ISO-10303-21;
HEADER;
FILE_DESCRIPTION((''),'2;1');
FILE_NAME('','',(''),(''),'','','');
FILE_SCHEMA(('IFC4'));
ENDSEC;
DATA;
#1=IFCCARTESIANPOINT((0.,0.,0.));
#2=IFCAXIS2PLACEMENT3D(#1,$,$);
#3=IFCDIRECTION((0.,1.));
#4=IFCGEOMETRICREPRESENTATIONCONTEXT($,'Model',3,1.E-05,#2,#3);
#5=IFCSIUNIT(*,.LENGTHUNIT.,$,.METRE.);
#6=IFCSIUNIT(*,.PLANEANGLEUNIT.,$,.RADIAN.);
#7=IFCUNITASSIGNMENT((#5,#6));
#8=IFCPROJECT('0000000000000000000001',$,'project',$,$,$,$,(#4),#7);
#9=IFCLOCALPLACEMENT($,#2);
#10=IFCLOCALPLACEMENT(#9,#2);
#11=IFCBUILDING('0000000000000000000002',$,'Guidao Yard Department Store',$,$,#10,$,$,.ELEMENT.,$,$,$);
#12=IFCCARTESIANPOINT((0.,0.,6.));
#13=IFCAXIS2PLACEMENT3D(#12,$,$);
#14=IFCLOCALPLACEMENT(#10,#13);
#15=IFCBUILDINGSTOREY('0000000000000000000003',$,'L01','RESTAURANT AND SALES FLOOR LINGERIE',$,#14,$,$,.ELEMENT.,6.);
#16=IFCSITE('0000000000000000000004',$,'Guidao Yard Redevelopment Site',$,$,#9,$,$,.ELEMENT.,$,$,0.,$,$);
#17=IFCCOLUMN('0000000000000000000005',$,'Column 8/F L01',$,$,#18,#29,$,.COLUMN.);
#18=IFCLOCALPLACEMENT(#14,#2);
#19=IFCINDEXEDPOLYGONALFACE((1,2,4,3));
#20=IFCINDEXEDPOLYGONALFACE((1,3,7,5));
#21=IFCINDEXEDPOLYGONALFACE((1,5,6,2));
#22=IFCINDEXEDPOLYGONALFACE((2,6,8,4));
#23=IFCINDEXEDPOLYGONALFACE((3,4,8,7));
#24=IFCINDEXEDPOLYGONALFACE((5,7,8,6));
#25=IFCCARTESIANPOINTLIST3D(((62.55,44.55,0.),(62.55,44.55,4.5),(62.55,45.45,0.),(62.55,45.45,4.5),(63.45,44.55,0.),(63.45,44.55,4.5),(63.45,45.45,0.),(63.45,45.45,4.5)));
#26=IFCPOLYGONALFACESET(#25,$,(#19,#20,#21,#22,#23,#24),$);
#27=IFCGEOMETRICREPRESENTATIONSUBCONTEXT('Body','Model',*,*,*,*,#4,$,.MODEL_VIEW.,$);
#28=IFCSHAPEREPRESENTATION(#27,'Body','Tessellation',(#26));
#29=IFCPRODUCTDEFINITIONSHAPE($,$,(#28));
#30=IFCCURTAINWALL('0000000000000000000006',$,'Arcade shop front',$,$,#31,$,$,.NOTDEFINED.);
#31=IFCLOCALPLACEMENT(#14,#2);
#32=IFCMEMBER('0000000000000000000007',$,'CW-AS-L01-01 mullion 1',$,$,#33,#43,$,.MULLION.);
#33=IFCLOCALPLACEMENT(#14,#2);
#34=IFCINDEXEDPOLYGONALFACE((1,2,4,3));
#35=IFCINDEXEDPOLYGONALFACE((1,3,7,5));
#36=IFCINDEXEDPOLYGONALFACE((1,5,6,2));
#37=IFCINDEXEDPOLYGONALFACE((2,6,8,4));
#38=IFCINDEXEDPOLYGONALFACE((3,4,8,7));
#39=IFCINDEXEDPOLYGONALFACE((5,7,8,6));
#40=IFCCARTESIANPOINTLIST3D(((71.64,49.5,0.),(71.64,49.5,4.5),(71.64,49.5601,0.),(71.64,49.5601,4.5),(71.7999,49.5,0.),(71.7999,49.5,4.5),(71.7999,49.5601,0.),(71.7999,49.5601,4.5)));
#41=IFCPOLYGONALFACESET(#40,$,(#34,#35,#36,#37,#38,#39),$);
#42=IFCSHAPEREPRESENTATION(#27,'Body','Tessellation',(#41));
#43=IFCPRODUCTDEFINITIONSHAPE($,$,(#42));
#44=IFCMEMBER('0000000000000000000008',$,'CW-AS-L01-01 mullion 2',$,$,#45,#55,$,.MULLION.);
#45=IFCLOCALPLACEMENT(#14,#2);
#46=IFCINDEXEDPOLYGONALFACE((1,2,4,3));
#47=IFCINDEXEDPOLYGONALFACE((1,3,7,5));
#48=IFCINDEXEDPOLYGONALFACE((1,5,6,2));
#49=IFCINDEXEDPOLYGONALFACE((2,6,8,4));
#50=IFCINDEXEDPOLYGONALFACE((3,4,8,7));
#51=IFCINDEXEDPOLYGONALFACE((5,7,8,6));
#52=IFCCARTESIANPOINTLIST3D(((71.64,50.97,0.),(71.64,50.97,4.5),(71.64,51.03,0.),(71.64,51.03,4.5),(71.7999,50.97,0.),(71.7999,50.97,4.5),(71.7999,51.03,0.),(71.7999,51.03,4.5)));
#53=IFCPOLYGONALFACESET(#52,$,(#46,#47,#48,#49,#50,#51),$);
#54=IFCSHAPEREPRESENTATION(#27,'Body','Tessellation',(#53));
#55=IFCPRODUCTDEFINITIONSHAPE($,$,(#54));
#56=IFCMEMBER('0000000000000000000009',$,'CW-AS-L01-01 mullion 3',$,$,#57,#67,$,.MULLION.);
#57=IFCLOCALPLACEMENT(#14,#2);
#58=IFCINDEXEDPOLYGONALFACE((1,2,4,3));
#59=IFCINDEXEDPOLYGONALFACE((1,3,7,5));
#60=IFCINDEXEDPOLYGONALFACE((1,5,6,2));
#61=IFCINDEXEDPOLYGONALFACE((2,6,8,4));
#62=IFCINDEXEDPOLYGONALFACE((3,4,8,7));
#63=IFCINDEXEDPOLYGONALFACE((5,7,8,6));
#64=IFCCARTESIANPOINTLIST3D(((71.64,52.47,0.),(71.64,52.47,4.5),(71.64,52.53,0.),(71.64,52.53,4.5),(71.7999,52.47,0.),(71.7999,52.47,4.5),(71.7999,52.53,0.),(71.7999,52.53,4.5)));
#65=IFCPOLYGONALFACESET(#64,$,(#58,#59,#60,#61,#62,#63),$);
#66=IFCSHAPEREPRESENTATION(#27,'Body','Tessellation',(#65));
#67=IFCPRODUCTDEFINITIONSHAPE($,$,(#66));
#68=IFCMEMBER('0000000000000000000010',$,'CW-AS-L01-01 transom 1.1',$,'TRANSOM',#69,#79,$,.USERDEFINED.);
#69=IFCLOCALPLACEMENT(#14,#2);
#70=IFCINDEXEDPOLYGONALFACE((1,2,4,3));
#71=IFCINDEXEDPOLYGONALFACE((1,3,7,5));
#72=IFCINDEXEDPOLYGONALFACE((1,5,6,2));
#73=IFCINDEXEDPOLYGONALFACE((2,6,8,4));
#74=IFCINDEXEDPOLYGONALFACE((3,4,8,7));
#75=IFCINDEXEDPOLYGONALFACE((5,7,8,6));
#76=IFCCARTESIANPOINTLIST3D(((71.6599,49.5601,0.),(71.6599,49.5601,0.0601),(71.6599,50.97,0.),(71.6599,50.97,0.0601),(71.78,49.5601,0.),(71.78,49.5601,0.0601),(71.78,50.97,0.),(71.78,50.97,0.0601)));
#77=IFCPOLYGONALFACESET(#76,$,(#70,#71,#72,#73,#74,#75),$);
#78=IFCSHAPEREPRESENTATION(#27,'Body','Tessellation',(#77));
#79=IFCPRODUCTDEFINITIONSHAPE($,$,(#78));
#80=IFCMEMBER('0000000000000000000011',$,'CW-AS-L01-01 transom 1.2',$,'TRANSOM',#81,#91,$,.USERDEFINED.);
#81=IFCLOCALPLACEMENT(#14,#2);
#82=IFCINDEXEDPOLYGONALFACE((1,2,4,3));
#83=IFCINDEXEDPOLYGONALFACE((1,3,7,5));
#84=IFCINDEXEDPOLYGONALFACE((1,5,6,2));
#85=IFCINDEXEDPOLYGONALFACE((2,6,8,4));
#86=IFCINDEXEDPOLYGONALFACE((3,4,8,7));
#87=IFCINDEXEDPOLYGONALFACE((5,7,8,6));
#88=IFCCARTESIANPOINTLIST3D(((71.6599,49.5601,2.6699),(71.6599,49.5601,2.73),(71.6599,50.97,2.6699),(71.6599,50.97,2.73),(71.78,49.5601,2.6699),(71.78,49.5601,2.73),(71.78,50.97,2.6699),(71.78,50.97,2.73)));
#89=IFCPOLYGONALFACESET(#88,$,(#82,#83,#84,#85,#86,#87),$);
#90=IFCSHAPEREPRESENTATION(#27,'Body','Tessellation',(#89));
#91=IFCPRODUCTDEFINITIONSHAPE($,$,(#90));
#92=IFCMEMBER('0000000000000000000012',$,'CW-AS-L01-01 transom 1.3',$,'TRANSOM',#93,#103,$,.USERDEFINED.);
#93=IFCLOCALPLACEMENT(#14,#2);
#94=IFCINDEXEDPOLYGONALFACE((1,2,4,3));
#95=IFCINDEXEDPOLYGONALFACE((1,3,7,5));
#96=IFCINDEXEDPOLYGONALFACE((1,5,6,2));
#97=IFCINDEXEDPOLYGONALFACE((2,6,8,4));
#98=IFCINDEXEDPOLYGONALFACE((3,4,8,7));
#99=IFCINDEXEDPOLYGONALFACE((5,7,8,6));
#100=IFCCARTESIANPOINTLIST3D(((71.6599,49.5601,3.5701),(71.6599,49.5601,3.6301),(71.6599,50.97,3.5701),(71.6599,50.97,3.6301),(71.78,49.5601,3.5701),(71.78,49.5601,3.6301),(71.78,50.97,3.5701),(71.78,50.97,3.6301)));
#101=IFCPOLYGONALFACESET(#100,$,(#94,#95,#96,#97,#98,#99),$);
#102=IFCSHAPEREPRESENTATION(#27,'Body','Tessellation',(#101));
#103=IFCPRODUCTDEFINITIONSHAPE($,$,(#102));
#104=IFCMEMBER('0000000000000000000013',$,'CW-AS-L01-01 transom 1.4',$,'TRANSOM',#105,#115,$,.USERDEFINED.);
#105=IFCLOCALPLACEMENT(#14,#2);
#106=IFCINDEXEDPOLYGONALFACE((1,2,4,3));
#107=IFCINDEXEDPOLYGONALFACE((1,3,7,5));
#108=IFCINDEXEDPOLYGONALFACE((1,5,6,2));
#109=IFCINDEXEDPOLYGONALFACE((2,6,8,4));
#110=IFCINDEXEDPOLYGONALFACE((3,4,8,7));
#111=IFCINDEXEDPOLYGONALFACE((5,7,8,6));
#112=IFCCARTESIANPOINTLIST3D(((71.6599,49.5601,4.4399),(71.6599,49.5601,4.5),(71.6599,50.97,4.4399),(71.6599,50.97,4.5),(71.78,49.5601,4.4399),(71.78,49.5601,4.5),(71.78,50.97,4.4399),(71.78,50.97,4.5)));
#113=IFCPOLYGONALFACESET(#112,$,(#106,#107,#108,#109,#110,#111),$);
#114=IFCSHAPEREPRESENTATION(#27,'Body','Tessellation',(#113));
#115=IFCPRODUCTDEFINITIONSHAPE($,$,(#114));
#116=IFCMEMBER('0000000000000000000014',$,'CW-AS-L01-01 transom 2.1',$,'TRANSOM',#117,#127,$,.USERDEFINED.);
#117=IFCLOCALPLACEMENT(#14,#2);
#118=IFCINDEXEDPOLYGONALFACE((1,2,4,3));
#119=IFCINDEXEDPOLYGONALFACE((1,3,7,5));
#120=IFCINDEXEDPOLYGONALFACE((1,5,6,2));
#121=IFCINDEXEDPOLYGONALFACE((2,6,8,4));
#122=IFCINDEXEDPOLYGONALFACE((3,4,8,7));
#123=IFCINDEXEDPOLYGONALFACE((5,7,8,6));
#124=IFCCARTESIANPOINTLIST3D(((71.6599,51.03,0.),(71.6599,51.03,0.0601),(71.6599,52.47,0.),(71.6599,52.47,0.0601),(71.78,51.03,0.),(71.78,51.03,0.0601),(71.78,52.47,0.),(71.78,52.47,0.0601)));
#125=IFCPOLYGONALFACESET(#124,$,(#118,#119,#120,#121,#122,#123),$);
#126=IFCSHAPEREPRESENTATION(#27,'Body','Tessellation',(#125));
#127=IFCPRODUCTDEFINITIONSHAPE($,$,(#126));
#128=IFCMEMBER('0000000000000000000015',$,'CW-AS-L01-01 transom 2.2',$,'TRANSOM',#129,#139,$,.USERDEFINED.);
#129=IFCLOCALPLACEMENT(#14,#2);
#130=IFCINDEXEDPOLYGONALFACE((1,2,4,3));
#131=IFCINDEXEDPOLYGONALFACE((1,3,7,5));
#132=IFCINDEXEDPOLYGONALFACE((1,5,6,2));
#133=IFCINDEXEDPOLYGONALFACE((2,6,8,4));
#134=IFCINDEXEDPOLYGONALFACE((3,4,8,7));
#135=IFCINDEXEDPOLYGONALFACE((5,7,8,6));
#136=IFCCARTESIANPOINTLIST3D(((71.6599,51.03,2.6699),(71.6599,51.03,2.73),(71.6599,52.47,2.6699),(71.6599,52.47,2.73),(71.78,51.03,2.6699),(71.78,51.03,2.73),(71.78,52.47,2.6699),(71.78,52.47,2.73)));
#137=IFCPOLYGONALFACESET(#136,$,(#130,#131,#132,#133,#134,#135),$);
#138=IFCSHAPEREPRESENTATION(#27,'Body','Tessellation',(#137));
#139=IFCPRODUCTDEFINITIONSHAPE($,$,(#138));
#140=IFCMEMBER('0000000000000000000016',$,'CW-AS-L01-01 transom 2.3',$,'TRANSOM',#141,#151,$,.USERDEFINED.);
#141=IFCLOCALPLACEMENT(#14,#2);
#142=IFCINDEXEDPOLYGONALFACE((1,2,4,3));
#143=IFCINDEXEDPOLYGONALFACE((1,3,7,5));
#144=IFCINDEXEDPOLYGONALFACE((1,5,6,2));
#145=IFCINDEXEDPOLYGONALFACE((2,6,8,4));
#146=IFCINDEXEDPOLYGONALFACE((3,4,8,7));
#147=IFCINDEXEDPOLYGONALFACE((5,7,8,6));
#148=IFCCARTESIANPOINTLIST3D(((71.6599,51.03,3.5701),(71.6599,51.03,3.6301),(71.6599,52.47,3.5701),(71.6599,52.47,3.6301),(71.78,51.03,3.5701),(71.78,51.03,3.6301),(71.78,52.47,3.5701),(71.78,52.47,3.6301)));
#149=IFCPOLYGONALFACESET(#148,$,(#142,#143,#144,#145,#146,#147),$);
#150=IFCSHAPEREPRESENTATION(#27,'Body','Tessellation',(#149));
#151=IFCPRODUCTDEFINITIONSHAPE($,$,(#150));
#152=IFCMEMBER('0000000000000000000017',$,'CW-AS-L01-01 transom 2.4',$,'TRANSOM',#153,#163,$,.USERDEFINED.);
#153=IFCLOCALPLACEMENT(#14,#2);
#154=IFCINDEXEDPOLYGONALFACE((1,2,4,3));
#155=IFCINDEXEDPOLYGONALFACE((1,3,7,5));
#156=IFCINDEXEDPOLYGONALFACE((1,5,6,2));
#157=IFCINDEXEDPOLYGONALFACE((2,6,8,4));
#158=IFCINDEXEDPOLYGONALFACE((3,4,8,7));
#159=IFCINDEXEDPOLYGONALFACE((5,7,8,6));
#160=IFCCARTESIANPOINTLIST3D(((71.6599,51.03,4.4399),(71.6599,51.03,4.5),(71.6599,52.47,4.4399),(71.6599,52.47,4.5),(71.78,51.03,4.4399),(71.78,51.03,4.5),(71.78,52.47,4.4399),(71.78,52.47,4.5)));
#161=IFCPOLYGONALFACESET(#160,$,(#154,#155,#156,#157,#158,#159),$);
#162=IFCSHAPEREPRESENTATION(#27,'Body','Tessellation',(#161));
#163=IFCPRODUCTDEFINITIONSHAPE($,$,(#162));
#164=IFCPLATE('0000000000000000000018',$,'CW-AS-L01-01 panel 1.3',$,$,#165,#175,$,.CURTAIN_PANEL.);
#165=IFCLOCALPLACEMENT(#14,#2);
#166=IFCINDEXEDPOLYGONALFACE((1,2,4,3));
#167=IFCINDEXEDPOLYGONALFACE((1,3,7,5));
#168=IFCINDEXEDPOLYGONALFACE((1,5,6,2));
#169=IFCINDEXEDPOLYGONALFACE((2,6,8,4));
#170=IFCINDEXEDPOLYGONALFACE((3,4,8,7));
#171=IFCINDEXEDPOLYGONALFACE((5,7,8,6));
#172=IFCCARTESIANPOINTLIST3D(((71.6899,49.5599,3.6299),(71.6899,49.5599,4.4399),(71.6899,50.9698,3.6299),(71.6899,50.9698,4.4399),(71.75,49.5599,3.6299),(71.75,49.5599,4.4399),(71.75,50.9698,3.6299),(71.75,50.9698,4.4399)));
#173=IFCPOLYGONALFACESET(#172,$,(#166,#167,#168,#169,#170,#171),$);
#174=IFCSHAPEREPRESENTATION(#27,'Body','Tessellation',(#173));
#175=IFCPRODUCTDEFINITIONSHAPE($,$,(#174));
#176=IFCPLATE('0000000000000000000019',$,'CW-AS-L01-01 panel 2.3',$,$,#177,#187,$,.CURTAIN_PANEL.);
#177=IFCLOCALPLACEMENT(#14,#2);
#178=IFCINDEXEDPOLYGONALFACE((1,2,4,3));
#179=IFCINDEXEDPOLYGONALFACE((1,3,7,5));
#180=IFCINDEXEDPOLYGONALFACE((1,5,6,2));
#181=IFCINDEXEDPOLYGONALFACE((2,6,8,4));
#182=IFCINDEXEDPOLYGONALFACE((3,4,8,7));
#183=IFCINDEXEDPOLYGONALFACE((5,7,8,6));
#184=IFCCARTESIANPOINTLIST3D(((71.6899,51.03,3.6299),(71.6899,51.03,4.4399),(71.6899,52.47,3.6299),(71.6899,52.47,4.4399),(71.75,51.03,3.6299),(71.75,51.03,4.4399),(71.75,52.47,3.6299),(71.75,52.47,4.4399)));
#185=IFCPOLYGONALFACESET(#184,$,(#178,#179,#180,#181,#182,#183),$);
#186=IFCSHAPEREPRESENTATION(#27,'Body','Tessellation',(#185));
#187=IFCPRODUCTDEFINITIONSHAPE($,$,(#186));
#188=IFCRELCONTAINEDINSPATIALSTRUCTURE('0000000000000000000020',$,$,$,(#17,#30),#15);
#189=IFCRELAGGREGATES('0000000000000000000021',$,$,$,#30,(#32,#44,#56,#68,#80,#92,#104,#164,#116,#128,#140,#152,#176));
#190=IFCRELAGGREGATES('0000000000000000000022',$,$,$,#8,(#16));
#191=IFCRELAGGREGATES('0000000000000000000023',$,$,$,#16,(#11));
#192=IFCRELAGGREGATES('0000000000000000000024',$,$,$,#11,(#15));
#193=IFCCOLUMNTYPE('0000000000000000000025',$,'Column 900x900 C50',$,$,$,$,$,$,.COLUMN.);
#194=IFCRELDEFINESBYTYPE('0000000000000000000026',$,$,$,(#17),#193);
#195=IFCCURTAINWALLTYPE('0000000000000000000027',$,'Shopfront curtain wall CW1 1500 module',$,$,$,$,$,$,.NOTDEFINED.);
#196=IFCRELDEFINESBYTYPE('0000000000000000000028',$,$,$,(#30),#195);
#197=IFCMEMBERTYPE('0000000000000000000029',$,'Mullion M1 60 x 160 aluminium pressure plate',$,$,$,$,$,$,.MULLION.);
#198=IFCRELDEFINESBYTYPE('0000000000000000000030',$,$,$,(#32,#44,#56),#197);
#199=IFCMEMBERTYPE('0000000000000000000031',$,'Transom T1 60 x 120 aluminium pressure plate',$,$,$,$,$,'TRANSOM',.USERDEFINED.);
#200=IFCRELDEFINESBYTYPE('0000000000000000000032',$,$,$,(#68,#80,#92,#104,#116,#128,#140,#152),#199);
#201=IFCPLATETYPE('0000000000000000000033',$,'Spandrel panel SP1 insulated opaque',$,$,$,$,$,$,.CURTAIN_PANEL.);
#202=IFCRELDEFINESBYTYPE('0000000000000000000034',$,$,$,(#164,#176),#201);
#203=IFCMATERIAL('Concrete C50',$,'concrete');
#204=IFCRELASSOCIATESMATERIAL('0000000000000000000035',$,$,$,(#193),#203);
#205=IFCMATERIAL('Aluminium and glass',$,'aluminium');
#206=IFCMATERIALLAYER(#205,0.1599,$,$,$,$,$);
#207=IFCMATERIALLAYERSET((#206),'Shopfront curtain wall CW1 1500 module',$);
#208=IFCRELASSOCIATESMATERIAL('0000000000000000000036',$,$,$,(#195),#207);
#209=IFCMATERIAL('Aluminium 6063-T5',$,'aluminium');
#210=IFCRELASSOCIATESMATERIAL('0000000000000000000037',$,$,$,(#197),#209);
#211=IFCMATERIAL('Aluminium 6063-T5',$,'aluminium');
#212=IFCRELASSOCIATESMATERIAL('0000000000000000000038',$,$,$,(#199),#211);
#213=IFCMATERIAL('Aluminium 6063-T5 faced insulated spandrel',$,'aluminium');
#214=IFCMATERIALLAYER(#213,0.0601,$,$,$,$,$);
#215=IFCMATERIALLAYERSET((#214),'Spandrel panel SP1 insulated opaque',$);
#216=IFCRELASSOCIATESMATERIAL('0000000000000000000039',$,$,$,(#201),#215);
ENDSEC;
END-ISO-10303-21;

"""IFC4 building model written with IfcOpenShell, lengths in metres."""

from ifc_helpers import new_model, si_unit, direction, frame, origin, origin_2d, place, context, subcontext, project, spatial, rectangle, extrude, material, layer, layer_set, material_profile, profile_set, type_object, element, aggregate, save


model = new_model("IFC4")

# Units and contexts
model_context = context("Model", 3, precision=1e-05, world=origin(), true_north=direction((0.0, 1.0)))
body_context = subcontext(model_context, "Body", "Model", "MODEL_VIEW")
ifc_project = project(units=[si_unit("LENGTHUNIT", "METRE"), si_unit("PLANEANGLEUNIT", "RADIAN")], contexts=[model_context])

# Site, building, storey
site_placement = place(None, origin())
site = spatial("IfcSite", under=ifc_project, at=site_placement, Name="Guidao Yard Redevelopment Site", CompositionType="ELEMENT", RefElevation=0.0)
building_placement = place(site_placement, origin())
building = spatial("IfcBuilding", under=site, at=building_placement, Name="Guidao Yard Department Store", CompositionType="ELEMENT")
storey_placement = place(building_placement, frame((0.0, 0.0, 6.0)))
storey = spatial("IfcBuildingStorey", under=building, at=storey_placement, Name="L01", Description="RESTAURANT AND SALES FLOOR LINGERIE", CompositionType="ELEMENT", Elevation=6.0)

# Column
ifc_material_1 = material(Name="Concrete C50", Category="concrete")
ifc_material_profile_1 = material_profile(ifc_material_1, rectangle(XDim=0.8999, YDim=0.8999, at=origin_2d()), Name="COL 900x900")
ifc_profile_set_1 = profile_set([ifc_material_profile_1], Name="Concrete C50")
column_type = type_object("IfcColumnType", Name="Column 900x900 C50", PredefinedType="COLUMN", material=ifc_profile_set_1)
column_placement = place(storey_placement, frame((63.0, 45.0, 0.0), z_axis=(0.0, 0.0, 1.0), x_axis=(1.0, 0.0, 0.0)))
element("IfcColumn", 1, at=column_placement, inside=storey, type_object=column_type, Name="Column 8/F L01", PredefinedType="COLUMN", context=body_context, shape_type="SweptSolid", body=[
    extrude(rectangle(XDim=0.8999, YDim=0.8999, at=origin_2d()), origin(), (0.0, 0.0, 1.0), 4.5),
])

# Curtain wall, members, plates
ifc_material_2 = material(Name="Aluminium and glass", Category="aluminium")
ifc_layer_1 = layer(ifc_material_2, 0.1599)
ifc_layer_set_1 = layer_set([ifc_layer_1], Name="Shopfront curtain wall CW1 1500 module")
curtain_wall_type = type_object("IfcCurtainWallType", Name="Shopfront curtain wall CW1 1500 module", PredefinedType="NOTDEFINED", material=ifc_layer_set_1)
curtain_wall_placement = place(storey_placement, origin())
curtain_wall = element("IfcCurtainWall", 2, at=curtain_wall_placement, inside=storey, type_object=curtain_wall_type, Name="Arcade shop front", PredefinedType="NOTDEFINED")
ifc_material_3 = material(Name="Aluminium 6063-T5", Category="aluminium")
ifc_material_profile_2 = material_profile(ifc_material_3, rectangle(XDim=0.0601, YDim=0.1599, at=origin_2d()), Name="Mullion M1 60 x 160 aluminium pressure plate")
ifc_profile_set_2 = profile_set([ifc_material_profile_2], Name="Aluminium 6063-T5")
member_type_1 = type_object("IfcMemberType", Name="Mullion M1 60 x 160 aluminium pressure plate", PredefinedType="MULLION", material=ifc_profile_set_2)
member_1_placement = place(storey_placement, frame((71.72, 49.53, 0.0), z_axis=(0.0, 0.0, 1.0), x_axis=(0.0, 1.0, 0.0)))
member_1 = element("IfcMember", 3, at=member_1_placement, type_object=member_type_1, Name="CW-AS-L01-01 mullion 1", PredefinedType="MULLION", context=body_context, shape_type="SweptSolid", body=[
    extrude(rectangle(XDim=0.0601, YDim=0.1599, at=origin_2d()), origin(), (0.0, 0.0, 1.0), 4.5),
])
member_2_placement = place(storey_placement, frame((71.72, 51.0, 0.0), z_axis=(0.0, 0.0, 1.0), x_axis=(0.0, 1.0, 0.0)))
member_2 = element("IfcMember", 4, at=member_2_placement, type_object=member_type_1, Name="CW-AS-L01-01 mullion 2", PredefinedType="MULLION", context=body_context, shape_type="SweptSolid", body=[
    extrude(rectangle(XDim=0.0601, YDim=0.1599, at=origin_2d()), origin(), (0.0, 0.0, 1.0), 4.5),
])
member_3_placement = place(storey_placement, frame((71.72, 52.5, 0.0), z_axis=(0.0, 0.0, 1.0), x_axis=(0.0, 1.0, 0.0)))
member_3 = element("IfcMember", 5, at=member_3_placement, type_object=member_type_1, Name="CW-AS-L01-01 mullion 3", PredefinedType="MULLION", context=body_context, shape_type="SweptSolid", body=[
    extrude(rectangle(XDim=0.0601, YDim=0.1599, at=origin_2d()), origin(), (0.0, 0.0, 1.0), 4.5),
])
ifc_material_4 = material(Name="Aluminium 6063-T5", Category="aluminium")
ifc_material_profile_3 = material_profile(ifc_material_4, rectangle(XDim=0.1201, YDim=0.0601, at=origin_2d()), Name="Transom T1 60 x 120 aluminium pressure plate")
ifc_profile_set_3 = profile_set([ifc_material_profile_3], Name="Aluminium 6063-T5")
member_type_2 = type_object("IfcMemberType", Name="Transom T1 60 x 120 aluminium pressure plate", ElementType="TRANSOM", PredefinedType="USERDEFINED", material=ifc_profile_set_3)
member_4_placement = place(storey_placement, frame((71.72, 49.5601, 0.03), z_axis=(0.0, 1.0, 0.0), x_axis=(-1.0, 0.0, 0.0)))
member_4 = element("IfcMember", 6, at=member_4_placement, type_object=member_type_2, Name="CW-AS-L01-01 transom 1.1", ObjectType="TRANSOM", PredefinedType="USERDEFINED", context=body_context, shape_type="SweptSolid", body=[
    extrude(rectangle(XDim=0.1201, YDim=0.0601, at=origin_2d()), origin(), (0.0, 0.0, 1.0), 1.4099),
])
member_5_placement = place(storey_placement, frame((71.72, 49.5601, 2.7), z_axis=(0.0, 1.0, 0.0), x_axis=(-1.0, 0.0, 0.0)))
member_5 = element("IfcMember", 7, at=member_5_placement, type_object=member_type_2, Name="CW-AS-L01-01 transom 1.2", ObjectType="TRANSOM", PredefinedType="USERDEFINED", context=body_context, shape_type="SweptSolid", body=[
    extrude(rectangle(XDim=0.1201, YDim=0.0601, at=origin_2d()), origin(), (0.0, 0.0, 1.0), 1.4099),
])
member_6_placement = place(storey_placement, frame((71.72, 49.5601, 3.6001), z_axis=(0.0, 1.0, 0.0), x_axis=(-1.0, 0.0, 0.0)))
member_6 = element("IfcMember", 8, at=member_6_placement, type_object=member_type_2, Name="CW-AS-L01-01 transom 1.3", ObjectType="TRANSOM", PredefinedType="USERDEFINED", context=body_context, shape_type="SweptSolid", body=[
    extrude(rectangle(XDim=0.1201, YDim=0.0601, at=origin_2d()), origin(), (0.0, 0.0, 1.0), 1.4099),
])
member_7_placement = place(storey_placement, frame((71.72, 49.5601, 4.47), z_axis=(0.0, 1.0, 0.0), x_axis=(-1.0, 0.0, 0.0)))
member_7 = element("IfcMember", 9, at=member_7_placement, type_object=member_type_2, Name="CW-AS-L01-01 transom 1.4", ObjectType="TRANSOM", PredefinedType="USERDEFINED", context=body_context, shape_type="SweptSolid", body=[
    extrude(rectangle(XDim=0.1201, YDim=0.0601, at=origin_2d()), origin(), (0.0, 0.0, 1.0), 1.4099),
])
member_8_placement = place(storey_placement, frame((71.72, 51.03, 0.03), z_axis=(0.0, 1.0, 0.0), x_axis=(-1.0, 0.0, 0.0)))
member_8 = element("IfcMember", 10, at=member_8_placement, type_object=member_type_2, Name="CW-AS-L01-01 transom 2.1", ObjectType="TRANSOM", PredefinedType="USERDEFINED", context=body_context, shape_type="SweptSolid", body=[
    extrude(rectangle(XDim=0.1201, YDim=0.0601, at=origin_2d()), origin(), (0.0, 0.0, 1.0), 1.4399),
])
member_9_placement = place(storey_placement, frame((71.72, 51.03, 2.7), z_axis=(0.0, 1.0, 0.0), x_axis=(-1.0, 0.0, 0.0)))
member_9 = element("IfcMember", 11, at=member_9_placement, type_object=member_type_2, Name="CW-AS-L01-01 transom 2.2", ObjectType="TRANSOM", PredefinedType="USERDEFINED", context=body_context, shape_type="SweptSolid", body=[
    extrude(rectangle(XDim=0.1201, YDim=0.0601, at=origin_2d()), origin(), (0.0, 0.0, 1.0), 1.4399),
])
member_10_placement = place(storey_placement, frame((71.72, 51.03, 3.6001), z_axis=(0.0, 1.0, 0.0), x_axis=(-1.0, 0.0, 0.0)))
member_10 = element("IfcMember", 12, at=member_10_placement, type_object=member_type_2, Name="CW-AS-L01-01 transom 2.3", ObjectType="TRANSOM", PredefinedType="USERDEFINED", context=body_context, shape_type="SweptSolid", body=[
    extrude(rectangle(XDim=0.1201, YDim=0.0601, at=origin_2d()), origin(), (0.0, 0.0, 1.0), 1.4399),
])
member_11_placement = place(storey_placement, frame((71.72, 51.03, 4.47), z_axis=(0.0, 1.0, 0.0), x_axis=(-1.0, 0.0, 0.0)))
member_11 = element("IfcMember", 13, at=member_11_placement, type_object=member_type_2, Name="CW-AS-L01-01 transom 2.4", ObjectType="TRANSOM", PredefinedType="USERDEFINED", context=body_context, shape_type="SweptSolid", body=[
    extrude(rectangle(XDim=0.1201, YDim=0.0601, at=origin_2d()), origin(), (0.0, 0.0, 1.0), 1.4399),
])
ifc_material_5 = material(Name="Aluminium 6063-T5 faced insulated spandrel", Category="aluminium")
ifc_layer_2 = layer(ifc_material_5, 0.0601)
ifc_layer_set_2 = layer_set([ifc_layer_2], Name="Spandrel panel SP1 insulated opaque")
plate_type_1 = type_object("IfcPlateType", Name="Spandrel panel SP1 insulated opaque", PredefinedType="CURTAIN_PANEL", material=ifc_layer_set_2)
plate_1_placement = place(storey_placement, frame((71.72, 50.2649, 3.6299), z_axis=(0.0, 0.0, 1.0), x_axis=(0.0, 1.0, 0.0)))
plate_1 = element("IfcPlate", 14, at=plate_1_placement, type_object=plate_type_1, Name="CW-AS-L01-01 panel 1.3", PredefinedType="CURTAIN_PANEL", context=body_context, shape_type="SweptSolid", body=[
    extrude(rectangle(XDim=1.4099, YDim=0.0601, at=origin_2d()), origin(), (0.0, 0.0, 1.0), 0.8101),
])
plate_2_placement = place(storey_placement, frame((71.72, 51.75, 3.6299), z_axis=(0.0, 0.0, 1.0), x_axis=(0.0, 1.0, 0.0)))
plate_2 = element("IfcPlate", 15, at=plate_2_placement, type_object=plate_type_1, Name="CW-AS-L01-01 panel 2.3", PredefinedType="CURTAIN_PANEL", context=body_context, shape_type="SweptSolid", body=[
    extrude(rectangle(XDim=1.4399, YDim=0.0601, at=origin_2d()), origin(), (0.0, 0.0, 1.0), 0.8101),
])
aggregate(curtain_wall, [member_1, member_2, member_3, member_4, member_5, member_6, member_7, plate_1, member_8, member_9, member_10, member_11, plate_2])

save(model, "model.ifc")
